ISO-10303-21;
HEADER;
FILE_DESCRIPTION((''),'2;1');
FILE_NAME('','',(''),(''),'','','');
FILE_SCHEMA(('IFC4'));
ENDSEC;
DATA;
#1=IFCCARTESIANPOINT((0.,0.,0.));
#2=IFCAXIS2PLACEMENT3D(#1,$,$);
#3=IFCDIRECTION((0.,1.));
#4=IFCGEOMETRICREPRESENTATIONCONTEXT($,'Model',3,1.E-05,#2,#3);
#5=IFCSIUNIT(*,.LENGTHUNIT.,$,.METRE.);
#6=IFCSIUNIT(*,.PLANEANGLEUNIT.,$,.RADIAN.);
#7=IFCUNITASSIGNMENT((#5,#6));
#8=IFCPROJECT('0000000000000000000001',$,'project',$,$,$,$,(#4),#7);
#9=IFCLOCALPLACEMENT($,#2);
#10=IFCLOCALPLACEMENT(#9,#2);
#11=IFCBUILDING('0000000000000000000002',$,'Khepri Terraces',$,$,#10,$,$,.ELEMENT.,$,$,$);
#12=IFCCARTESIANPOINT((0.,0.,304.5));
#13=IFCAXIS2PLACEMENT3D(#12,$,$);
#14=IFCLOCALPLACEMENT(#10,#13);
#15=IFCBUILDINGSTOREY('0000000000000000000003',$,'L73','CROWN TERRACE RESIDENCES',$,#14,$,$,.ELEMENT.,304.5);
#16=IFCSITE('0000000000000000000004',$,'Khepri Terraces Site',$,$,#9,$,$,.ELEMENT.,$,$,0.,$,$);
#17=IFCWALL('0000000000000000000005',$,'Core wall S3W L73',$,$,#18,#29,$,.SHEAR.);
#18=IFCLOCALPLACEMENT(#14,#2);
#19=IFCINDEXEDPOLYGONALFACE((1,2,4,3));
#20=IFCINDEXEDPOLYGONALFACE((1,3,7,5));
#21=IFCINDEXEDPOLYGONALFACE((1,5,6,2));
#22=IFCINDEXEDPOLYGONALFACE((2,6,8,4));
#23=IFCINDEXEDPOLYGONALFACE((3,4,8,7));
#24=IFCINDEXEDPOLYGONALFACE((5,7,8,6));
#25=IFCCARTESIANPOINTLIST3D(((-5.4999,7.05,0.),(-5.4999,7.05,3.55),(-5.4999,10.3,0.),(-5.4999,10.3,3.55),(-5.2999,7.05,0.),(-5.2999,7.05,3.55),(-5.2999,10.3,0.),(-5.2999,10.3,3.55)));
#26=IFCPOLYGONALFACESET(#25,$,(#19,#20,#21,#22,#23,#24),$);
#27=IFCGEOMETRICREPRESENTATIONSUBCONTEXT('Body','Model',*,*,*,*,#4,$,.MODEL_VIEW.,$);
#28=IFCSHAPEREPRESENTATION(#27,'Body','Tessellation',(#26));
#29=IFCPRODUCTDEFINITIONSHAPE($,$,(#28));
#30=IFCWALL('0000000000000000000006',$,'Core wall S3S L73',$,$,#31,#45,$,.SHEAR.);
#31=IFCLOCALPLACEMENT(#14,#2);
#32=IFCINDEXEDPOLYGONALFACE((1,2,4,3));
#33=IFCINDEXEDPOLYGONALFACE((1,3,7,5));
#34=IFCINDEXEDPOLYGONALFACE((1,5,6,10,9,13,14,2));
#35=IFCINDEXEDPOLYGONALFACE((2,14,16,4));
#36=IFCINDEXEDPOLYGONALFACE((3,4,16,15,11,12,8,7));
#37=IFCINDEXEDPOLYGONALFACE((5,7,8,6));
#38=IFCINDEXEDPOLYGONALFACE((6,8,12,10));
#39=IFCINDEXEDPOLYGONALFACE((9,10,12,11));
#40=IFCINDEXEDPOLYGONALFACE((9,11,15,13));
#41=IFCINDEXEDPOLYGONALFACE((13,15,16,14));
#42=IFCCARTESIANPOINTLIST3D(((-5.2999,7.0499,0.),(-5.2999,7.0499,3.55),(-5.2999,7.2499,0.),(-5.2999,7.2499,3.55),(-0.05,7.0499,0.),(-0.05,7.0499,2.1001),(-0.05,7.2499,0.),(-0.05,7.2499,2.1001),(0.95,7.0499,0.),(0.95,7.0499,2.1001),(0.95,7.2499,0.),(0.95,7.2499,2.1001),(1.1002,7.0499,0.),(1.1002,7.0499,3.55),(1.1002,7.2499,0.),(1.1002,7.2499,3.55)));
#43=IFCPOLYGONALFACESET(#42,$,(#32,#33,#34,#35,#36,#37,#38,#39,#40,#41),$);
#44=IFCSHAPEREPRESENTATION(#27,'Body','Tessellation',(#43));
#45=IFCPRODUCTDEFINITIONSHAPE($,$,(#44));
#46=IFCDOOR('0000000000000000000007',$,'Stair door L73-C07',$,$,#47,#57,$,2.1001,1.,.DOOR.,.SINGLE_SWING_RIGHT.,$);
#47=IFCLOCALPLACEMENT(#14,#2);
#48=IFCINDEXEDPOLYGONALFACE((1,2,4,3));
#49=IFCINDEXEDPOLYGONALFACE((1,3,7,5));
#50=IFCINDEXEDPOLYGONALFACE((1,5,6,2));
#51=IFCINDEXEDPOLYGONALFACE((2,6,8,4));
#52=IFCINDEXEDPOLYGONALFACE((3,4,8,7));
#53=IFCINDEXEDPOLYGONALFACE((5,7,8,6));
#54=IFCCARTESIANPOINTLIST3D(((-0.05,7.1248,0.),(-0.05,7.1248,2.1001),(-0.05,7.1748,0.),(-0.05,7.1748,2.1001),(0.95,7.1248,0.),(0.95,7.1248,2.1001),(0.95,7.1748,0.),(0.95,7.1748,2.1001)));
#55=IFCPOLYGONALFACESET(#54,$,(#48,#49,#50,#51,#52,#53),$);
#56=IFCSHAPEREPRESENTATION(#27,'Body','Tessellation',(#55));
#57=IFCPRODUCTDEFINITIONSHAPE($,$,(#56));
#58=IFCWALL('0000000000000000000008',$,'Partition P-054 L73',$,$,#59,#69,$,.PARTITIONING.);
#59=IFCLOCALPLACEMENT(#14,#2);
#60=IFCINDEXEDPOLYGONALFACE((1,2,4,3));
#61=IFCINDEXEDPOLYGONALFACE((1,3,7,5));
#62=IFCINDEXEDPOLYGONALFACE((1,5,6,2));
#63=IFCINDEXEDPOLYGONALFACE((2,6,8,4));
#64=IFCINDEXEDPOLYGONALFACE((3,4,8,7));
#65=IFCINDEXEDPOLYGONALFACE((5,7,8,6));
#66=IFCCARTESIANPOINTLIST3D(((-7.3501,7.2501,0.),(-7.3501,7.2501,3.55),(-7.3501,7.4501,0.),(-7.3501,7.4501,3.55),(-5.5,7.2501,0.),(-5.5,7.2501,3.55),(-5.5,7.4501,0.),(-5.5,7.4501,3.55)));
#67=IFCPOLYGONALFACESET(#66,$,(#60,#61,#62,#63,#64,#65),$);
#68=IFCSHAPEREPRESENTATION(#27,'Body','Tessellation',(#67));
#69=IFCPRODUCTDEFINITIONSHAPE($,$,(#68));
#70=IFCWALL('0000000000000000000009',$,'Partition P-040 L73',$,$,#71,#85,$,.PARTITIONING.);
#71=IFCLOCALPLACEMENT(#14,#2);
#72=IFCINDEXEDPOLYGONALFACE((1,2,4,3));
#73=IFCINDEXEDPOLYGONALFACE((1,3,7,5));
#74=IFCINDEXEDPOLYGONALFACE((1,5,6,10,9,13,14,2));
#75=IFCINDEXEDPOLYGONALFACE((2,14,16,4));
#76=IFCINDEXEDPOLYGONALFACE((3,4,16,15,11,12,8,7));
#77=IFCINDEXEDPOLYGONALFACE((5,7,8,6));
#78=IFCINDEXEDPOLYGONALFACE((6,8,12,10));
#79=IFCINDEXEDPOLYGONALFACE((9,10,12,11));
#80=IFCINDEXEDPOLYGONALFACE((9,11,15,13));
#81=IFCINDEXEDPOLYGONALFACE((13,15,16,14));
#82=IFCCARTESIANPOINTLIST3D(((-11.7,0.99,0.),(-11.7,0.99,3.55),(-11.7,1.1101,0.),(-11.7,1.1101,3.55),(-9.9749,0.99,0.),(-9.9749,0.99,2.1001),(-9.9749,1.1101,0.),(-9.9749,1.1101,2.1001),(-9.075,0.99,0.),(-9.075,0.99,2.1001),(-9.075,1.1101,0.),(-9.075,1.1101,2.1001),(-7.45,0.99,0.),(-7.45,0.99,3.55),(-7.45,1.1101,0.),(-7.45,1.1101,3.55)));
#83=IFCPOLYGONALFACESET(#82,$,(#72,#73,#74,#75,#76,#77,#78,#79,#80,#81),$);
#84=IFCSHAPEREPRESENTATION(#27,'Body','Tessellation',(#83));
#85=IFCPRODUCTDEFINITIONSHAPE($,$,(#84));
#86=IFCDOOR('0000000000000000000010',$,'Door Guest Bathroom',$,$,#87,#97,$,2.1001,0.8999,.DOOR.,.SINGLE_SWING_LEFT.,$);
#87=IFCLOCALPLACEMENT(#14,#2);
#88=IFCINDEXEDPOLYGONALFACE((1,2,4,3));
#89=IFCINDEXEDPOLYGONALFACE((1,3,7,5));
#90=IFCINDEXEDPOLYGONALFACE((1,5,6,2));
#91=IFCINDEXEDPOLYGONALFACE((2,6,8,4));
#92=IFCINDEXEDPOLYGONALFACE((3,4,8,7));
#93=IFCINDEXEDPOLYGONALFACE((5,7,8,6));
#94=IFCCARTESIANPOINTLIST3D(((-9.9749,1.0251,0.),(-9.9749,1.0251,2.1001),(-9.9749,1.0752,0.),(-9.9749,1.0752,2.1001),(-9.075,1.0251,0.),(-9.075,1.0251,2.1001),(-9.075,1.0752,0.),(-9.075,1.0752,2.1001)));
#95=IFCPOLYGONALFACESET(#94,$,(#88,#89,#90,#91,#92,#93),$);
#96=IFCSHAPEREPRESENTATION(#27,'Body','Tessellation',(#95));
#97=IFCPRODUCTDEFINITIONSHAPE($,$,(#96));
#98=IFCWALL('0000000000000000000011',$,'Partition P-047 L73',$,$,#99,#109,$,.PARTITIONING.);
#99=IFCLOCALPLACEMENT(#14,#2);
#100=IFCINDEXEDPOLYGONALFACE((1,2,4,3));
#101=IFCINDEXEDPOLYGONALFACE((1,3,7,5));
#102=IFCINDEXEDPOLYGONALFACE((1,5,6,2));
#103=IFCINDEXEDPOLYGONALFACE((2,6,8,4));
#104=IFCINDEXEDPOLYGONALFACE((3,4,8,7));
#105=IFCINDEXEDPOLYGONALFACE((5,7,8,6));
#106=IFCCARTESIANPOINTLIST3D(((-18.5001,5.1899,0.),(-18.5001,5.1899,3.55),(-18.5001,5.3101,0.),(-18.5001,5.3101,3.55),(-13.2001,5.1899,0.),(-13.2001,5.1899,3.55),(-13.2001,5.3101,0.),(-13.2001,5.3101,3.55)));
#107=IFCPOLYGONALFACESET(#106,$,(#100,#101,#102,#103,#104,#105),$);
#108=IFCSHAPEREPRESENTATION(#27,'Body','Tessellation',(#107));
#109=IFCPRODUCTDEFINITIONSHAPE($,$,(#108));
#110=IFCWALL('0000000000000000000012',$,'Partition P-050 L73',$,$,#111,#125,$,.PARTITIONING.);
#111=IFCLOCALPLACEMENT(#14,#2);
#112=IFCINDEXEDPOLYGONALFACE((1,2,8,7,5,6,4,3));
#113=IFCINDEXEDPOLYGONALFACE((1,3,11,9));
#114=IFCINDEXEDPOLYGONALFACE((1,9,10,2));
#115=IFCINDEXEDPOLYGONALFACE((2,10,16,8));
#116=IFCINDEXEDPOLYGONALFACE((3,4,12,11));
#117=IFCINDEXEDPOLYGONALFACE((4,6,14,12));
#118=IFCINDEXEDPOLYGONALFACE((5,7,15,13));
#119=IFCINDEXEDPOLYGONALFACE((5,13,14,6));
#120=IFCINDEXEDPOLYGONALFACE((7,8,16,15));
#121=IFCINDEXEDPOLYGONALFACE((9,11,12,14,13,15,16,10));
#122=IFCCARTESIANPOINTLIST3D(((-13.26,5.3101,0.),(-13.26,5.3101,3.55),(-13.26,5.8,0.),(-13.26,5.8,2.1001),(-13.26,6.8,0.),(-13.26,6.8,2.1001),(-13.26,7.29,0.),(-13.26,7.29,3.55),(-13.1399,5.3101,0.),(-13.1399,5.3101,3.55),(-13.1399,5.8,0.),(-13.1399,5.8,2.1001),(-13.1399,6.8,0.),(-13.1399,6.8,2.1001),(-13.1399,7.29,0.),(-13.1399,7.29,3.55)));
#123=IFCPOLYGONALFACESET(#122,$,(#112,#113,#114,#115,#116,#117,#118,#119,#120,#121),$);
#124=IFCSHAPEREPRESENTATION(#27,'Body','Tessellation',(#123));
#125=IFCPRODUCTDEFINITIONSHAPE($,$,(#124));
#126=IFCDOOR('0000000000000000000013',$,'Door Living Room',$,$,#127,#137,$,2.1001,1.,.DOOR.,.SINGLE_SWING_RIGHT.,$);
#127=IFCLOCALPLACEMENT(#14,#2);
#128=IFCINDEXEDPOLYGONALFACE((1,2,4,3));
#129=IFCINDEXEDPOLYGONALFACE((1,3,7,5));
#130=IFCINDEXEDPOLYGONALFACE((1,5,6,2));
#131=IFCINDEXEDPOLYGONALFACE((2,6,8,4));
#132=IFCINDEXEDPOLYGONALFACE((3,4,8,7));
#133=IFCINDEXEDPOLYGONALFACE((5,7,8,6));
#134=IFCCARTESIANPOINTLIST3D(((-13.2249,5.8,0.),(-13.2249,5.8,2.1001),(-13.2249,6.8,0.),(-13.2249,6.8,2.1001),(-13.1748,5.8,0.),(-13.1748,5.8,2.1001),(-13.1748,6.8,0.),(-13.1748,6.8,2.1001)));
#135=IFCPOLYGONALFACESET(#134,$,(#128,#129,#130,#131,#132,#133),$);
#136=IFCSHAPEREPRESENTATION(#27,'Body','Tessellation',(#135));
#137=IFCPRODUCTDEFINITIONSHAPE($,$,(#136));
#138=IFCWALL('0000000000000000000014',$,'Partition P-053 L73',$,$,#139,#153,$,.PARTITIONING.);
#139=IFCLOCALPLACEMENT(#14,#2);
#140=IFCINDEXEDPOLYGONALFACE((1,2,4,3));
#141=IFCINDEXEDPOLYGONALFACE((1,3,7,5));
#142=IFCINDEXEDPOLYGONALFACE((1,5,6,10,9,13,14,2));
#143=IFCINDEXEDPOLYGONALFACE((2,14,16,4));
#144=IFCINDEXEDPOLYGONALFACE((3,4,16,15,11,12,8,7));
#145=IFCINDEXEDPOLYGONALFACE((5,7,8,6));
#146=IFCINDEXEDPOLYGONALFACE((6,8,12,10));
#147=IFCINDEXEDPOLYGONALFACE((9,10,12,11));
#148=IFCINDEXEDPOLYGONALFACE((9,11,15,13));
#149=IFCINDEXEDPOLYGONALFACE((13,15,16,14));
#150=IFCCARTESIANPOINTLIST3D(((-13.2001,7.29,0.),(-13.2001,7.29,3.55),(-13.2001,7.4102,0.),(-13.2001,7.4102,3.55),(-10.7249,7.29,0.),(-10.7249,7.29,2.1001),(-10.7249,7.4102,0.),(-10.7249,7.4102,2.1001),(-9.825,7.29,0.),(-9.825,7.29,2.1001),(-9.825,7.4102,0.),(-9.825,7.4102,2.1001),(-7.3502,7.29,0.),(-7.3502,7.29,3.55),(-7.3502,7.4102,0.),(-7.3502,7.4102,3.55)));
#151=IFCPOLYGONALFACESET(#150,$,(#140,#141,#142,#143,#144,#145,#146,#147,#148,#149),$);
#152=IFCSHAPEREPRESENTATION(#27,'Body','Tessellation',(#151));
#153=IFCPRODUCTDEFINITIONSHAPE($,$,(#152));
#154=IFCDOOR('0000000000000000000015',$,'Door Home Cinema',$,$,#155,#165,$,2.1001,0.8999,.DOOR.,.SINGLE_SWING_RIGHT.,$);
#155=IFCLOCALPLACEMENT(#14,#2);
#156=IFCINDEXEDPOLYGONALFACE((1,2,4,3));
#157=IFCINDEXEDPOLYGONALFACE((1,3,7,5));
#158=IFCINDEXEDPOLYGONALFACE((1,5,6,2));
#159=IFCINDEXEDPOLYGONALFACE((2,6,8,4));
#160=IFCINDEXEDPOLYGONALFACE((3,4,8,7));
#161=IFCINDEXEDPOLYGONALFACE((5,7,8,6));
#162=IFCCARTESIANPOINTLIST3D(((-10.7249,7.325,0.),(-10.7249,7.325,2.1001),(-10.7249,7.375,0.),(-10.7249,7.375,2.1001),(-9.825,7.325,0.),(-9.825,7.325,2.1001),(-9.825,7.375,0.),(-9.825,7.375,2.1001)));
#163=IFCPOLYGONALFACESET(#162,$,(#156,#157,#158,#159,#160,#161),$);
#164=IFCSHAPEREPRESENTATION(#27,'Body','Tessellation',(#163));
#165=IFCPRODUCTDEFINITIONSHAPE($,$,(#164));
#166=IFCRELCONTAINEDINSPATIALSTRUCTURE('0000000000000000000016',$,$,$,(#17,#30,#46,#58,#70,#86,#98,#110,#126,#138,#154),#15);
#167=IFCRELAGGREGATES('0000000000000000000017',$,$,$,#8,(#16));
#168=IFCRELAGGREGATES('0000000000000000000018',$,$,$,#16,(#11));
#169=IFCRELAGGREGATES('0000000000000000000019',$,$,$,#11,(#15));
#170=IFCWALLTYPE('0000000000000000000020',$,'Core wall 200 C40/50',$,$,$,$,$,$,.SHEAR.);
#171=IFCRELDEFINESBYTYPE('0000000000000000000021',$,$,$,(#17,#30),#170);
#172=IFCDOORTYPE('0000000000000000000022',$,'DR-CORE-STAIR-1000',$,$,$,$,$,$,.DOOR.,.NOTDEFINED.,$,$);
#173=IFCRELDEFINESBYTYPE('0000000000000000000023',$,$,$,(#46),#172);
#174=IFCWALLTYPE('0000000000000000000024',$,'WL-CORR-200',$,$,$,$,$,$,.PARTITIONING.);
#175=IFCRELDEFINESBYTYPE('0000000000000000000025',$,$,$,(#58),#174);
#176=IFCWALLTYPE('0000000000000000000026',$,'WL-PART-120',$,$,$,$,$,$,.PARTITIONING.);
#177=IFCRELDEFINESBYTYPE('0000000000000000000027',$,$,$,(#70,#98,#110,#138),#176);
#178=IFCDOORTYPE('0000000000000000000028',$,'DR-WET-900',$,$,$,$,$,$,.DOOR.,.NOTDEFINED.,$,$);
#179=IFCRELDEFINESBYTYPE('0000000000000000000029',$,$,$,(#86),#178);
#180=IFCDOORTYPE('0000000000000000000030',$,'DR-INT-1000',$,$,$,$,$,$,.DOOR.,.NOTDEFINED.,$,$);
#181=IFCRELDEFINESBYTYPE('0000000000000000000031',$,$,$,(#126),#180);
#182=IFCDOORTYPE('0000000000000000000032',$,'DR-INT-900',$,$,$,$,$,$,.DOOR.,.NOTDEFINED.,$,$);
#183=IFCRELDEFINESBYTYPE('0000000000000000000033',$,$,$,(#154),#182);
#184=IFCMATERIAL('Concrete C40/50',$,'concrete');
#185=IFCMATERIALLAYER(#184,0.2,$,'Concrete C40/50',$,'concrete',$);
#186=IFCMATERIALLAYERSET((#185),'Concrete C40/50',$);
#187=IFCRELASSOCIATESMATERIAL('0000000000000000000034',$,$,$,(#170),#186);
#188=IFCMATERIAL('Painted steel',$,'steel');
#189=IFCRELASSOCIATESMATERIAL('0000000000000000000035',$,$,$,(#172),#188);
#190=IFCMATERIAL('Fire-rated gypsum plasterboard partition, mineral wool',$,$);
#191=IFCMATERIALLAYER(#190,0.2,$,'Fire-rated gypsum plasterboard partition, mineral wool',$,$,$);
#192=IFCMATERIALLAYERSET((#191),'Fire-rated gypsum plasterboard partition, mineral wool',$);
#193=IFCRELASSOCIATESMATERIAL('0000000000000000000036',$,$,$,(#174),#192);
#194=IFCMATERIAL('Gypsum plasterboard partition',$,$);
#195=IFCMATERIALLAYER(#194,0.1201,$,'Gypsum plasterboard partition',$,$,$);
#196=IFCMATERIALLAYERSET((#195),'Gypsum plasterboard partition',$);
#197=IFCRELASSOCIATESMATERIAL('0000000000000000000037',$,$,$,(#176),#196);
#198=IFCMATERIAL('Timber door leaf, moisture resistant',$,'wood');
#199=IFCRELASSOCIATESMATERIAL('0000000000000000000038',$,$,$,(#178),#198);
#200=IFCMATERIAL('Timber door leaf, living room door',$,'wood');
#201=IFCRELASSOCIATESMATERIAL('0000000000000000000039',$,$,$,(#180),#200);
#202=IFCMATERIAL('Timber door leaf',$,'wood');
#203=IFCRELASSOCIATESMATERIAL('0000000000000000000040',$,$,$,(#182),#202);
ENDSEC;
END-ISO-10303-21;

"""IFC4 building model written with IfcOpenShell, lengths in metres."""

from ifc_helpers import new_model, si_unit, direction, frame, frame_2d, origin, place, context, subcontext, project, spatial, rectangle, extrude, material, layer, layer_set, type_object, element, fill, save


model = new_model("IFC4")

# Units and contexts
model_context = context("Model", 3, precision=1e-05, world=origin(), true_north=direction((0.0, 1.0)))
body_context = subcontext(model_context, "Body", "Model", "MODEL_VIEW")
ifc_project = project(units=[si_unit("LENGTHUNIT", "METRE"), si_unit("PLANEANGLEUNIT", "RADIAN")], contexts=[model_context])

# Site, building, storey
site_placement = place(None, origin())
site = spatial("IfcSite", under=ifc_project, at=site_placement, Name="Khepri Terraces Site", CompositionType="ELEMENT", RefElevation=0.0)
building_placement = place(site_placement, origin())
building = spatial("IfcBuilding", under=site, at=building_placement, Name="Khepri Terraces", CompositionType="ELEMENT")
storey_placement = place(building_placement, frame((0.0, 0.0, 304.5)))
storey = spatial("IfcBuildingStorey", under=building, at=storey_placement, Name="L73", Description="CROWN TERRACE RESIDENCES", CompositionType="ELEMENT", Elevation=304.5)

# Wall
ifc_material_1 = material(Name="Concrete C40/50", Category="concrete")
ifc_layer_1 = layer(ifc_material_1, 0.2, Name="Concrete C40/50", Category="concrete")
ifc_layer_set_1 = layer_set([ifc_layer_1], Name="Concrete C40/50")
wall_type_1 = type_object("IfcWallType", Name="Core wall 200 C40/50", PredefinedType="SHEAR", material=ifc_layer_set_1)
wall_1_placement = place(storey_placement, frame((-5.3999, 7.05, 0.0), z_axis=(0.0, 0.0, 1.0), x_axis=(0.0, 1.0, 0.0)))
element("IfcWall", 1, at=wall_1_placement, inside=storey, type_object=wall_type_1, Name="Core wall S3W L73", PredefinedType="SHEAR", context=body_context, shape_type="SweptSolid", body=[
    extrude(rectangle(XDim=3.25, YDim=0.2, at=frame_2d((1.625, 0.0))), origin(), (0.0, 0.0, 1.0), 3.55),
])

# Wall, opening, door
wall_2_placement = place(storey_placement, frame((-5.3, 7.1499, 0.0), z_axis=(0.0, 0.0, 1.0), x_axis=(1.0, 0.0, 0.0)))
wall_2 = element("IfcWall", 2, at=wall_2_placement, inside=storey, type_object=wall_type_1, Name="Core wall S3S L73", PredefinedType="SHEAR", context=body_context, shape_type="SweptSolid", body=[
    extrude(rectangle(XDim=6.4001, YDim=0.2, at=frame_2d((3.2002, 0.0))), origin(), (0.0, 0.0, 1.0), 3.55),
])
opening_1_placement = place(wall_2_placement, frame((5.25, 0.0, 0.0)))
opening_1 = element("IfcOpeningElement", 3, at=opening_1_placement, cuts=wall_2, PredefinedType="OPENING", context=body_context, shape_type="SweptSolid", body=[
    extrude(rectangle(XDim=1.0, YDim=2.1001, at=frame_2d((0.5, 1.05))), frame((0.0, 0.1099, 0.0), z_axis=(0.0, -1.0, 0.0), x_axis=(1.0, 0.0, 0.0)), (0.0, 0.0, 1.0), 0.22),
])
ifc_material_2 = material(Name="Painted steel", Category="steel")
door_type_1 = type_object("IfcDoorType", Name="DR-CORE-STAIR-1000", OperationType="NOTDEFINED", PredefinedType="DOOR", material=ifc_material_2)
door_1_placement = place(opening_1_placement, origin())
door_1 = element("IfcDoor", 4, at=door_1_placement, inside=storey, type_object=door_type_1, Name="Stair door L73-C07", OperationType="SINGLE_SWING_RIGHT", OverallHeight=2.1001, OverallWidth=1.0, PredefinedType="DOOR", context=body_context, shape_type="SweptSolid", body=[
    extrude(rectangle(XDim=1.0, YDim=2.1001, at=frame_2d((0.5, 1.05))), frame((0.0, 0.0249, 0.0), z_axis=(0.0, -1.0, 0.0), x_axis=(1.0, 0.0, 0.0)), (0.0, 0.0, 1.0), 0.05),
])
fill(opening_1, door_1)

# Wall
ifc_material_3 = material(Name="Fire-rated gypsum plasterboard partition, mineral wool")
ifc_layer_2 = layer(ifc_material_3, 0.2, Name="Fire-rated gypsum plasterboard partition, mineral wool")
ifc_layer_set_2 = layer_set([ifc_layer_2], Name="Fire-rated gypsum plasterboard partition, mineral wool")
wall_type_2 = type_object("IfcWallType", Name="WL-CORR-200", PredefinedType="PARTITIONING", material=ifc_layer_set_2)
wall_3_placement = place(storey_placement, frame((-7.3501, 7.3501, 0.0), z_axis=(0.0, 0.0, 1.0), x_axis=(1.0, 0.0, 0.0)))
element("IfcWall", 5, at=wall_3_placement, inside=storey, type_object=wall_type_2, Name="Partition P-054 L73", PredefinedType="PARTITIONING", context=body_context, shape_type="SweptSolid", body=[
    extrude(rectangle(XDim=1.8501, YDim=0.2, at=frame_2d((0.925, 0.0))), origin(), (0.0, 0.0, 1.0), 3.55),
])

# Wall, opening, door
ifc_material_4 = material(Name="Gypsum plasterboard partition")
ifc_layer_3 = layer(ifc_material_4, 0.1201, Name="Gypsum plasterboard partition")
ifc_layer_set_3 = layer_set([ifc_layer_3], Name="Gypsum plasterboard partition")
wall_type_3 = type_object("IfcWallType", Name="WL-PART-120", PredefinedType="PARTITIONING", material=ifc_layer_set_3)
wall_4_placement = place(storey_placement, frame((-11.7, 1.05, 0.0), z_axis=(0.0, 0.0, 1.0), x_axis=(1.0, 0.0, 0.0)))
wall_4 = element("IfcWall", 6, at=wall_4_placement, inside=storey, type_object=wall_type_3, Name="Partition P-040 L73", PredefinedType="PARTITIONING", context=body_context, shape_type="SweptSolid", body=[
    extrude(rectangle(XDim=4.25, YDim=0.1201, at=frame_2d((2.125, 0.0))), origin(), (0.0, 0.0, 1.0), 3.55),
])
opening_2_placement = place(wall_4_placement, frame((1.7251, 0.0, 0.0)))
opening_2 = element("IfcOpeningElement", 7, at=opening_2_placement, cuts=wall_4, PredefinedType="OPENING", context=body_context, shape_type="SweptSolid", body=[
    extrude(rectangle(XDim=0.8999, YDim=2.1001, at=frame_2d((0.45, 1.05))), frame((0.0, 0.0701, 0.0), z_axis=(0.0, -1.0, 0.0), x_axis=(1.0, 0.0, 0.0)), (0.0, 0.0, 1.0), 0.1401),
])
ifc_material_5 = material(Name="Timber door leaf, moisture resistant", Category="wood")
door_type_2 = type_object("IfcDoorType", Name="DR-WET-900", OperationType="NOTDEFINED", PredefinedType="DOOR", material=ifc_material_5)
door_2_placement = place(opening_2_placement, frame((0.8999, 0.0, 0.0), z_axis=(0.0, 0.0, 1.0), x_axis=(-1.0, 0.0, 0.0)))
door_2 = element("IfcDoor", 8, at=door_2_placement, inside=storey, type_object=door_type_2, Name="Door Guest Bathroom", OperationType="SINGLE_SWING_LEFT", OverallHeight=2.1001, OverallWidth=0.8999, PredefinedType="DOOR", context=body_context, shape_type="SweptSolid", body=[
    extrude(rectangle(XDim=0.8999, YDim=2.1001, at=frame_2d((0.45, 1.05))), frame((0.0, 0.0249, 0.0), z_axis=(0.0, -1.0, 0.0), x_axis=(1.0, 0.0, 0.0)), (0.0, 0.0, 1.0), 0.05),
])
fill(opening_2, door_2)

# Wall
wall_5_placement = place(storey_placement, frame((-18.5, 5.25, 0.0), z_axis=(0.0, 0.0, 1.0), x_axis=(1.0, 0.0, 0.0)))
element("IfcWall", 9, at=wall_5_placement, inside=storey, type_object=wall_type_3, Name="Partition P-047 L73", PredefinedType="PARTITIONING", context=body_context, shape_type="SweptSolid", body=[
    extrude(rectangle(XDim=5.3, YDim=0.1201, at=frame_2d((2.6499, 0.0))), origin(), (0.0, 0.0, 1.0), 3.55),
])

# Walls, openings, doors
wall_6_placement = place(storey_placement, frame((-13.2, 5.3101, 0.0), z_axis=(0.0, 0.0, 1.0), x_axis=(0.0, 1.0, 0.0)))
wall_6 = element("IfcWall", 10, at=wall_6_placement, inside=storey, type_object=wall_type_3, Name="Partition P-050 L73", PredefinedType="PARTITIONING", context=body_context, shape_type="SweptSolid", body=[
    extrude(rectangle(XDim=1.98, YDim=0.1201, at=frame_2d((0.99, 0.0))), origin(), (0.0, 0.0, 1.0), 3.55),
])
opening_3_placement = place(wall_6_placement, frame((0.49, 0.0, 0.0)))
opening_3 = element("IfcOpeningElement", 11, at=opening_3_placement, cuts=wall_6, PredefinedType="OPENING", context=body_context, shape_type="SweptSolid", body=[
    extrude(rectangle(XDim=1.0, YDim=2.1001, at=frame_2d((0.5, 1.05))), frame((0.0, 0.0701, 0.0), z_axis=(0.0, -1.0, 0.0), x_axis=(1.0, 0.0, 0.0)), (0.0, 0.0, 1.0), 0.1401),
])
ifc_material_6 = material(Name="Timber door leaf, living room door", Category="wood")
door_type_3 = type_object("IfcDoorType", Name="DR-INT-1000", OperationType="NOTDEFINED", PredefinedType="DOOR", material=ifc_material_6)
door_3_placement = place(opening_3_placement, origin())
door_3 = element("IfcDoor", 12, at=door_3_placement, inside=storey, type_object=door_type_3, Name="Door Living Room", OperationType="SINGLE_SWING_RIGHT", OverallHeight=2.1001, OverallWidth=1.0, PredefinedType="DOOR", context=body_context, shape_type="SweptSolid", body=[
    extrude(rectangle(XDim=1.0, YDim=2.1001, at=frame_2d((0.5, 1.05))), frame((0.0, 0.0249, 0.0), z_axis=(0.0, -1.0, 0.0), x_axis=(1.0, 0.0, 0.0)), (0.0, 0.0, 1.0), 0.05),
])
fill(opening_3, door_3)
wall_7_placement = place(storey_placement, frame((-13.2, 7.3501, 0.0), z_axis=(0.0, 0.0, 1.0), x_axis=(1.0, 0.0, 0.0)))
wall_7 = element("IfcWall", 13, at=wall_7_placement, inside=storey, type_object=wall_type_3, Name="Partition P-053 L73", PredefinedType="PARTITIONING", context=body_context, shape_type="SweptSolid", body=[
    extrude(rectangle(XDim=5.8499, YDim=0.1201, at=frame_2d((2.9248, 0.0))), origin(), (0.0, 0.0, 1.0), 3.55),
])
opening_4_placement = place(wall_7_placement, frame((2.4751, 0.0, 0.0)))
opening_4 = element("IfcOpeningElement", 14, at=opening_4_placement, cuts=wall_7, PredefinedType="OPENING", context=body_context, shape_type="SweptSolid", body=[
    extrude(rectangle(XDim=0.8999, YDim=2.1001, at=frame_2d((0.45, 1.05))), frame((0.0, 0.0701, 0.0), z_axis=(0.0, -1.0, 0.0), x_axis=(1.0, 0.0, 0.0)), (0.0, 0.0, 1.0), 0.1401),
])
ifc_material_7 = material(Name="Timber door leaf", Category="wood")
door_type_4 = type_object("IfcDoorType", Name="DR-INT-900", OperationType="NOTDEFINED", PredefinedType="DOOR", material=ifc_material_7)
door_4_placement = place(opening_4_placement, origin())
door_4 = element("IfcDoor", 15, at=door_4_placement, inside=storey, type_object=door_type_4, Name="Door Home Cinema", OperationType="SINGLE_SWING_RIGHT", OverallHeight=2.1001, OverallWidth=0.8999, PredefinedType="DOOR", context=body_context, shape_type="SweptSolid", body=[
    extrude(rectangle(XDim=0.8999, YDim=2.1001, at=frame_2d((0.45, 1.05))), frame((0.0, 0.0249, 0.0), z_axis=(0.0, -1.0, 0.0), x_axis=(1.0, 0.0, 0.0)), (0.0, 0.0, 1.0), 0.05),
])
fill(opening_4, door_4)

save(model, "model.ifc")
